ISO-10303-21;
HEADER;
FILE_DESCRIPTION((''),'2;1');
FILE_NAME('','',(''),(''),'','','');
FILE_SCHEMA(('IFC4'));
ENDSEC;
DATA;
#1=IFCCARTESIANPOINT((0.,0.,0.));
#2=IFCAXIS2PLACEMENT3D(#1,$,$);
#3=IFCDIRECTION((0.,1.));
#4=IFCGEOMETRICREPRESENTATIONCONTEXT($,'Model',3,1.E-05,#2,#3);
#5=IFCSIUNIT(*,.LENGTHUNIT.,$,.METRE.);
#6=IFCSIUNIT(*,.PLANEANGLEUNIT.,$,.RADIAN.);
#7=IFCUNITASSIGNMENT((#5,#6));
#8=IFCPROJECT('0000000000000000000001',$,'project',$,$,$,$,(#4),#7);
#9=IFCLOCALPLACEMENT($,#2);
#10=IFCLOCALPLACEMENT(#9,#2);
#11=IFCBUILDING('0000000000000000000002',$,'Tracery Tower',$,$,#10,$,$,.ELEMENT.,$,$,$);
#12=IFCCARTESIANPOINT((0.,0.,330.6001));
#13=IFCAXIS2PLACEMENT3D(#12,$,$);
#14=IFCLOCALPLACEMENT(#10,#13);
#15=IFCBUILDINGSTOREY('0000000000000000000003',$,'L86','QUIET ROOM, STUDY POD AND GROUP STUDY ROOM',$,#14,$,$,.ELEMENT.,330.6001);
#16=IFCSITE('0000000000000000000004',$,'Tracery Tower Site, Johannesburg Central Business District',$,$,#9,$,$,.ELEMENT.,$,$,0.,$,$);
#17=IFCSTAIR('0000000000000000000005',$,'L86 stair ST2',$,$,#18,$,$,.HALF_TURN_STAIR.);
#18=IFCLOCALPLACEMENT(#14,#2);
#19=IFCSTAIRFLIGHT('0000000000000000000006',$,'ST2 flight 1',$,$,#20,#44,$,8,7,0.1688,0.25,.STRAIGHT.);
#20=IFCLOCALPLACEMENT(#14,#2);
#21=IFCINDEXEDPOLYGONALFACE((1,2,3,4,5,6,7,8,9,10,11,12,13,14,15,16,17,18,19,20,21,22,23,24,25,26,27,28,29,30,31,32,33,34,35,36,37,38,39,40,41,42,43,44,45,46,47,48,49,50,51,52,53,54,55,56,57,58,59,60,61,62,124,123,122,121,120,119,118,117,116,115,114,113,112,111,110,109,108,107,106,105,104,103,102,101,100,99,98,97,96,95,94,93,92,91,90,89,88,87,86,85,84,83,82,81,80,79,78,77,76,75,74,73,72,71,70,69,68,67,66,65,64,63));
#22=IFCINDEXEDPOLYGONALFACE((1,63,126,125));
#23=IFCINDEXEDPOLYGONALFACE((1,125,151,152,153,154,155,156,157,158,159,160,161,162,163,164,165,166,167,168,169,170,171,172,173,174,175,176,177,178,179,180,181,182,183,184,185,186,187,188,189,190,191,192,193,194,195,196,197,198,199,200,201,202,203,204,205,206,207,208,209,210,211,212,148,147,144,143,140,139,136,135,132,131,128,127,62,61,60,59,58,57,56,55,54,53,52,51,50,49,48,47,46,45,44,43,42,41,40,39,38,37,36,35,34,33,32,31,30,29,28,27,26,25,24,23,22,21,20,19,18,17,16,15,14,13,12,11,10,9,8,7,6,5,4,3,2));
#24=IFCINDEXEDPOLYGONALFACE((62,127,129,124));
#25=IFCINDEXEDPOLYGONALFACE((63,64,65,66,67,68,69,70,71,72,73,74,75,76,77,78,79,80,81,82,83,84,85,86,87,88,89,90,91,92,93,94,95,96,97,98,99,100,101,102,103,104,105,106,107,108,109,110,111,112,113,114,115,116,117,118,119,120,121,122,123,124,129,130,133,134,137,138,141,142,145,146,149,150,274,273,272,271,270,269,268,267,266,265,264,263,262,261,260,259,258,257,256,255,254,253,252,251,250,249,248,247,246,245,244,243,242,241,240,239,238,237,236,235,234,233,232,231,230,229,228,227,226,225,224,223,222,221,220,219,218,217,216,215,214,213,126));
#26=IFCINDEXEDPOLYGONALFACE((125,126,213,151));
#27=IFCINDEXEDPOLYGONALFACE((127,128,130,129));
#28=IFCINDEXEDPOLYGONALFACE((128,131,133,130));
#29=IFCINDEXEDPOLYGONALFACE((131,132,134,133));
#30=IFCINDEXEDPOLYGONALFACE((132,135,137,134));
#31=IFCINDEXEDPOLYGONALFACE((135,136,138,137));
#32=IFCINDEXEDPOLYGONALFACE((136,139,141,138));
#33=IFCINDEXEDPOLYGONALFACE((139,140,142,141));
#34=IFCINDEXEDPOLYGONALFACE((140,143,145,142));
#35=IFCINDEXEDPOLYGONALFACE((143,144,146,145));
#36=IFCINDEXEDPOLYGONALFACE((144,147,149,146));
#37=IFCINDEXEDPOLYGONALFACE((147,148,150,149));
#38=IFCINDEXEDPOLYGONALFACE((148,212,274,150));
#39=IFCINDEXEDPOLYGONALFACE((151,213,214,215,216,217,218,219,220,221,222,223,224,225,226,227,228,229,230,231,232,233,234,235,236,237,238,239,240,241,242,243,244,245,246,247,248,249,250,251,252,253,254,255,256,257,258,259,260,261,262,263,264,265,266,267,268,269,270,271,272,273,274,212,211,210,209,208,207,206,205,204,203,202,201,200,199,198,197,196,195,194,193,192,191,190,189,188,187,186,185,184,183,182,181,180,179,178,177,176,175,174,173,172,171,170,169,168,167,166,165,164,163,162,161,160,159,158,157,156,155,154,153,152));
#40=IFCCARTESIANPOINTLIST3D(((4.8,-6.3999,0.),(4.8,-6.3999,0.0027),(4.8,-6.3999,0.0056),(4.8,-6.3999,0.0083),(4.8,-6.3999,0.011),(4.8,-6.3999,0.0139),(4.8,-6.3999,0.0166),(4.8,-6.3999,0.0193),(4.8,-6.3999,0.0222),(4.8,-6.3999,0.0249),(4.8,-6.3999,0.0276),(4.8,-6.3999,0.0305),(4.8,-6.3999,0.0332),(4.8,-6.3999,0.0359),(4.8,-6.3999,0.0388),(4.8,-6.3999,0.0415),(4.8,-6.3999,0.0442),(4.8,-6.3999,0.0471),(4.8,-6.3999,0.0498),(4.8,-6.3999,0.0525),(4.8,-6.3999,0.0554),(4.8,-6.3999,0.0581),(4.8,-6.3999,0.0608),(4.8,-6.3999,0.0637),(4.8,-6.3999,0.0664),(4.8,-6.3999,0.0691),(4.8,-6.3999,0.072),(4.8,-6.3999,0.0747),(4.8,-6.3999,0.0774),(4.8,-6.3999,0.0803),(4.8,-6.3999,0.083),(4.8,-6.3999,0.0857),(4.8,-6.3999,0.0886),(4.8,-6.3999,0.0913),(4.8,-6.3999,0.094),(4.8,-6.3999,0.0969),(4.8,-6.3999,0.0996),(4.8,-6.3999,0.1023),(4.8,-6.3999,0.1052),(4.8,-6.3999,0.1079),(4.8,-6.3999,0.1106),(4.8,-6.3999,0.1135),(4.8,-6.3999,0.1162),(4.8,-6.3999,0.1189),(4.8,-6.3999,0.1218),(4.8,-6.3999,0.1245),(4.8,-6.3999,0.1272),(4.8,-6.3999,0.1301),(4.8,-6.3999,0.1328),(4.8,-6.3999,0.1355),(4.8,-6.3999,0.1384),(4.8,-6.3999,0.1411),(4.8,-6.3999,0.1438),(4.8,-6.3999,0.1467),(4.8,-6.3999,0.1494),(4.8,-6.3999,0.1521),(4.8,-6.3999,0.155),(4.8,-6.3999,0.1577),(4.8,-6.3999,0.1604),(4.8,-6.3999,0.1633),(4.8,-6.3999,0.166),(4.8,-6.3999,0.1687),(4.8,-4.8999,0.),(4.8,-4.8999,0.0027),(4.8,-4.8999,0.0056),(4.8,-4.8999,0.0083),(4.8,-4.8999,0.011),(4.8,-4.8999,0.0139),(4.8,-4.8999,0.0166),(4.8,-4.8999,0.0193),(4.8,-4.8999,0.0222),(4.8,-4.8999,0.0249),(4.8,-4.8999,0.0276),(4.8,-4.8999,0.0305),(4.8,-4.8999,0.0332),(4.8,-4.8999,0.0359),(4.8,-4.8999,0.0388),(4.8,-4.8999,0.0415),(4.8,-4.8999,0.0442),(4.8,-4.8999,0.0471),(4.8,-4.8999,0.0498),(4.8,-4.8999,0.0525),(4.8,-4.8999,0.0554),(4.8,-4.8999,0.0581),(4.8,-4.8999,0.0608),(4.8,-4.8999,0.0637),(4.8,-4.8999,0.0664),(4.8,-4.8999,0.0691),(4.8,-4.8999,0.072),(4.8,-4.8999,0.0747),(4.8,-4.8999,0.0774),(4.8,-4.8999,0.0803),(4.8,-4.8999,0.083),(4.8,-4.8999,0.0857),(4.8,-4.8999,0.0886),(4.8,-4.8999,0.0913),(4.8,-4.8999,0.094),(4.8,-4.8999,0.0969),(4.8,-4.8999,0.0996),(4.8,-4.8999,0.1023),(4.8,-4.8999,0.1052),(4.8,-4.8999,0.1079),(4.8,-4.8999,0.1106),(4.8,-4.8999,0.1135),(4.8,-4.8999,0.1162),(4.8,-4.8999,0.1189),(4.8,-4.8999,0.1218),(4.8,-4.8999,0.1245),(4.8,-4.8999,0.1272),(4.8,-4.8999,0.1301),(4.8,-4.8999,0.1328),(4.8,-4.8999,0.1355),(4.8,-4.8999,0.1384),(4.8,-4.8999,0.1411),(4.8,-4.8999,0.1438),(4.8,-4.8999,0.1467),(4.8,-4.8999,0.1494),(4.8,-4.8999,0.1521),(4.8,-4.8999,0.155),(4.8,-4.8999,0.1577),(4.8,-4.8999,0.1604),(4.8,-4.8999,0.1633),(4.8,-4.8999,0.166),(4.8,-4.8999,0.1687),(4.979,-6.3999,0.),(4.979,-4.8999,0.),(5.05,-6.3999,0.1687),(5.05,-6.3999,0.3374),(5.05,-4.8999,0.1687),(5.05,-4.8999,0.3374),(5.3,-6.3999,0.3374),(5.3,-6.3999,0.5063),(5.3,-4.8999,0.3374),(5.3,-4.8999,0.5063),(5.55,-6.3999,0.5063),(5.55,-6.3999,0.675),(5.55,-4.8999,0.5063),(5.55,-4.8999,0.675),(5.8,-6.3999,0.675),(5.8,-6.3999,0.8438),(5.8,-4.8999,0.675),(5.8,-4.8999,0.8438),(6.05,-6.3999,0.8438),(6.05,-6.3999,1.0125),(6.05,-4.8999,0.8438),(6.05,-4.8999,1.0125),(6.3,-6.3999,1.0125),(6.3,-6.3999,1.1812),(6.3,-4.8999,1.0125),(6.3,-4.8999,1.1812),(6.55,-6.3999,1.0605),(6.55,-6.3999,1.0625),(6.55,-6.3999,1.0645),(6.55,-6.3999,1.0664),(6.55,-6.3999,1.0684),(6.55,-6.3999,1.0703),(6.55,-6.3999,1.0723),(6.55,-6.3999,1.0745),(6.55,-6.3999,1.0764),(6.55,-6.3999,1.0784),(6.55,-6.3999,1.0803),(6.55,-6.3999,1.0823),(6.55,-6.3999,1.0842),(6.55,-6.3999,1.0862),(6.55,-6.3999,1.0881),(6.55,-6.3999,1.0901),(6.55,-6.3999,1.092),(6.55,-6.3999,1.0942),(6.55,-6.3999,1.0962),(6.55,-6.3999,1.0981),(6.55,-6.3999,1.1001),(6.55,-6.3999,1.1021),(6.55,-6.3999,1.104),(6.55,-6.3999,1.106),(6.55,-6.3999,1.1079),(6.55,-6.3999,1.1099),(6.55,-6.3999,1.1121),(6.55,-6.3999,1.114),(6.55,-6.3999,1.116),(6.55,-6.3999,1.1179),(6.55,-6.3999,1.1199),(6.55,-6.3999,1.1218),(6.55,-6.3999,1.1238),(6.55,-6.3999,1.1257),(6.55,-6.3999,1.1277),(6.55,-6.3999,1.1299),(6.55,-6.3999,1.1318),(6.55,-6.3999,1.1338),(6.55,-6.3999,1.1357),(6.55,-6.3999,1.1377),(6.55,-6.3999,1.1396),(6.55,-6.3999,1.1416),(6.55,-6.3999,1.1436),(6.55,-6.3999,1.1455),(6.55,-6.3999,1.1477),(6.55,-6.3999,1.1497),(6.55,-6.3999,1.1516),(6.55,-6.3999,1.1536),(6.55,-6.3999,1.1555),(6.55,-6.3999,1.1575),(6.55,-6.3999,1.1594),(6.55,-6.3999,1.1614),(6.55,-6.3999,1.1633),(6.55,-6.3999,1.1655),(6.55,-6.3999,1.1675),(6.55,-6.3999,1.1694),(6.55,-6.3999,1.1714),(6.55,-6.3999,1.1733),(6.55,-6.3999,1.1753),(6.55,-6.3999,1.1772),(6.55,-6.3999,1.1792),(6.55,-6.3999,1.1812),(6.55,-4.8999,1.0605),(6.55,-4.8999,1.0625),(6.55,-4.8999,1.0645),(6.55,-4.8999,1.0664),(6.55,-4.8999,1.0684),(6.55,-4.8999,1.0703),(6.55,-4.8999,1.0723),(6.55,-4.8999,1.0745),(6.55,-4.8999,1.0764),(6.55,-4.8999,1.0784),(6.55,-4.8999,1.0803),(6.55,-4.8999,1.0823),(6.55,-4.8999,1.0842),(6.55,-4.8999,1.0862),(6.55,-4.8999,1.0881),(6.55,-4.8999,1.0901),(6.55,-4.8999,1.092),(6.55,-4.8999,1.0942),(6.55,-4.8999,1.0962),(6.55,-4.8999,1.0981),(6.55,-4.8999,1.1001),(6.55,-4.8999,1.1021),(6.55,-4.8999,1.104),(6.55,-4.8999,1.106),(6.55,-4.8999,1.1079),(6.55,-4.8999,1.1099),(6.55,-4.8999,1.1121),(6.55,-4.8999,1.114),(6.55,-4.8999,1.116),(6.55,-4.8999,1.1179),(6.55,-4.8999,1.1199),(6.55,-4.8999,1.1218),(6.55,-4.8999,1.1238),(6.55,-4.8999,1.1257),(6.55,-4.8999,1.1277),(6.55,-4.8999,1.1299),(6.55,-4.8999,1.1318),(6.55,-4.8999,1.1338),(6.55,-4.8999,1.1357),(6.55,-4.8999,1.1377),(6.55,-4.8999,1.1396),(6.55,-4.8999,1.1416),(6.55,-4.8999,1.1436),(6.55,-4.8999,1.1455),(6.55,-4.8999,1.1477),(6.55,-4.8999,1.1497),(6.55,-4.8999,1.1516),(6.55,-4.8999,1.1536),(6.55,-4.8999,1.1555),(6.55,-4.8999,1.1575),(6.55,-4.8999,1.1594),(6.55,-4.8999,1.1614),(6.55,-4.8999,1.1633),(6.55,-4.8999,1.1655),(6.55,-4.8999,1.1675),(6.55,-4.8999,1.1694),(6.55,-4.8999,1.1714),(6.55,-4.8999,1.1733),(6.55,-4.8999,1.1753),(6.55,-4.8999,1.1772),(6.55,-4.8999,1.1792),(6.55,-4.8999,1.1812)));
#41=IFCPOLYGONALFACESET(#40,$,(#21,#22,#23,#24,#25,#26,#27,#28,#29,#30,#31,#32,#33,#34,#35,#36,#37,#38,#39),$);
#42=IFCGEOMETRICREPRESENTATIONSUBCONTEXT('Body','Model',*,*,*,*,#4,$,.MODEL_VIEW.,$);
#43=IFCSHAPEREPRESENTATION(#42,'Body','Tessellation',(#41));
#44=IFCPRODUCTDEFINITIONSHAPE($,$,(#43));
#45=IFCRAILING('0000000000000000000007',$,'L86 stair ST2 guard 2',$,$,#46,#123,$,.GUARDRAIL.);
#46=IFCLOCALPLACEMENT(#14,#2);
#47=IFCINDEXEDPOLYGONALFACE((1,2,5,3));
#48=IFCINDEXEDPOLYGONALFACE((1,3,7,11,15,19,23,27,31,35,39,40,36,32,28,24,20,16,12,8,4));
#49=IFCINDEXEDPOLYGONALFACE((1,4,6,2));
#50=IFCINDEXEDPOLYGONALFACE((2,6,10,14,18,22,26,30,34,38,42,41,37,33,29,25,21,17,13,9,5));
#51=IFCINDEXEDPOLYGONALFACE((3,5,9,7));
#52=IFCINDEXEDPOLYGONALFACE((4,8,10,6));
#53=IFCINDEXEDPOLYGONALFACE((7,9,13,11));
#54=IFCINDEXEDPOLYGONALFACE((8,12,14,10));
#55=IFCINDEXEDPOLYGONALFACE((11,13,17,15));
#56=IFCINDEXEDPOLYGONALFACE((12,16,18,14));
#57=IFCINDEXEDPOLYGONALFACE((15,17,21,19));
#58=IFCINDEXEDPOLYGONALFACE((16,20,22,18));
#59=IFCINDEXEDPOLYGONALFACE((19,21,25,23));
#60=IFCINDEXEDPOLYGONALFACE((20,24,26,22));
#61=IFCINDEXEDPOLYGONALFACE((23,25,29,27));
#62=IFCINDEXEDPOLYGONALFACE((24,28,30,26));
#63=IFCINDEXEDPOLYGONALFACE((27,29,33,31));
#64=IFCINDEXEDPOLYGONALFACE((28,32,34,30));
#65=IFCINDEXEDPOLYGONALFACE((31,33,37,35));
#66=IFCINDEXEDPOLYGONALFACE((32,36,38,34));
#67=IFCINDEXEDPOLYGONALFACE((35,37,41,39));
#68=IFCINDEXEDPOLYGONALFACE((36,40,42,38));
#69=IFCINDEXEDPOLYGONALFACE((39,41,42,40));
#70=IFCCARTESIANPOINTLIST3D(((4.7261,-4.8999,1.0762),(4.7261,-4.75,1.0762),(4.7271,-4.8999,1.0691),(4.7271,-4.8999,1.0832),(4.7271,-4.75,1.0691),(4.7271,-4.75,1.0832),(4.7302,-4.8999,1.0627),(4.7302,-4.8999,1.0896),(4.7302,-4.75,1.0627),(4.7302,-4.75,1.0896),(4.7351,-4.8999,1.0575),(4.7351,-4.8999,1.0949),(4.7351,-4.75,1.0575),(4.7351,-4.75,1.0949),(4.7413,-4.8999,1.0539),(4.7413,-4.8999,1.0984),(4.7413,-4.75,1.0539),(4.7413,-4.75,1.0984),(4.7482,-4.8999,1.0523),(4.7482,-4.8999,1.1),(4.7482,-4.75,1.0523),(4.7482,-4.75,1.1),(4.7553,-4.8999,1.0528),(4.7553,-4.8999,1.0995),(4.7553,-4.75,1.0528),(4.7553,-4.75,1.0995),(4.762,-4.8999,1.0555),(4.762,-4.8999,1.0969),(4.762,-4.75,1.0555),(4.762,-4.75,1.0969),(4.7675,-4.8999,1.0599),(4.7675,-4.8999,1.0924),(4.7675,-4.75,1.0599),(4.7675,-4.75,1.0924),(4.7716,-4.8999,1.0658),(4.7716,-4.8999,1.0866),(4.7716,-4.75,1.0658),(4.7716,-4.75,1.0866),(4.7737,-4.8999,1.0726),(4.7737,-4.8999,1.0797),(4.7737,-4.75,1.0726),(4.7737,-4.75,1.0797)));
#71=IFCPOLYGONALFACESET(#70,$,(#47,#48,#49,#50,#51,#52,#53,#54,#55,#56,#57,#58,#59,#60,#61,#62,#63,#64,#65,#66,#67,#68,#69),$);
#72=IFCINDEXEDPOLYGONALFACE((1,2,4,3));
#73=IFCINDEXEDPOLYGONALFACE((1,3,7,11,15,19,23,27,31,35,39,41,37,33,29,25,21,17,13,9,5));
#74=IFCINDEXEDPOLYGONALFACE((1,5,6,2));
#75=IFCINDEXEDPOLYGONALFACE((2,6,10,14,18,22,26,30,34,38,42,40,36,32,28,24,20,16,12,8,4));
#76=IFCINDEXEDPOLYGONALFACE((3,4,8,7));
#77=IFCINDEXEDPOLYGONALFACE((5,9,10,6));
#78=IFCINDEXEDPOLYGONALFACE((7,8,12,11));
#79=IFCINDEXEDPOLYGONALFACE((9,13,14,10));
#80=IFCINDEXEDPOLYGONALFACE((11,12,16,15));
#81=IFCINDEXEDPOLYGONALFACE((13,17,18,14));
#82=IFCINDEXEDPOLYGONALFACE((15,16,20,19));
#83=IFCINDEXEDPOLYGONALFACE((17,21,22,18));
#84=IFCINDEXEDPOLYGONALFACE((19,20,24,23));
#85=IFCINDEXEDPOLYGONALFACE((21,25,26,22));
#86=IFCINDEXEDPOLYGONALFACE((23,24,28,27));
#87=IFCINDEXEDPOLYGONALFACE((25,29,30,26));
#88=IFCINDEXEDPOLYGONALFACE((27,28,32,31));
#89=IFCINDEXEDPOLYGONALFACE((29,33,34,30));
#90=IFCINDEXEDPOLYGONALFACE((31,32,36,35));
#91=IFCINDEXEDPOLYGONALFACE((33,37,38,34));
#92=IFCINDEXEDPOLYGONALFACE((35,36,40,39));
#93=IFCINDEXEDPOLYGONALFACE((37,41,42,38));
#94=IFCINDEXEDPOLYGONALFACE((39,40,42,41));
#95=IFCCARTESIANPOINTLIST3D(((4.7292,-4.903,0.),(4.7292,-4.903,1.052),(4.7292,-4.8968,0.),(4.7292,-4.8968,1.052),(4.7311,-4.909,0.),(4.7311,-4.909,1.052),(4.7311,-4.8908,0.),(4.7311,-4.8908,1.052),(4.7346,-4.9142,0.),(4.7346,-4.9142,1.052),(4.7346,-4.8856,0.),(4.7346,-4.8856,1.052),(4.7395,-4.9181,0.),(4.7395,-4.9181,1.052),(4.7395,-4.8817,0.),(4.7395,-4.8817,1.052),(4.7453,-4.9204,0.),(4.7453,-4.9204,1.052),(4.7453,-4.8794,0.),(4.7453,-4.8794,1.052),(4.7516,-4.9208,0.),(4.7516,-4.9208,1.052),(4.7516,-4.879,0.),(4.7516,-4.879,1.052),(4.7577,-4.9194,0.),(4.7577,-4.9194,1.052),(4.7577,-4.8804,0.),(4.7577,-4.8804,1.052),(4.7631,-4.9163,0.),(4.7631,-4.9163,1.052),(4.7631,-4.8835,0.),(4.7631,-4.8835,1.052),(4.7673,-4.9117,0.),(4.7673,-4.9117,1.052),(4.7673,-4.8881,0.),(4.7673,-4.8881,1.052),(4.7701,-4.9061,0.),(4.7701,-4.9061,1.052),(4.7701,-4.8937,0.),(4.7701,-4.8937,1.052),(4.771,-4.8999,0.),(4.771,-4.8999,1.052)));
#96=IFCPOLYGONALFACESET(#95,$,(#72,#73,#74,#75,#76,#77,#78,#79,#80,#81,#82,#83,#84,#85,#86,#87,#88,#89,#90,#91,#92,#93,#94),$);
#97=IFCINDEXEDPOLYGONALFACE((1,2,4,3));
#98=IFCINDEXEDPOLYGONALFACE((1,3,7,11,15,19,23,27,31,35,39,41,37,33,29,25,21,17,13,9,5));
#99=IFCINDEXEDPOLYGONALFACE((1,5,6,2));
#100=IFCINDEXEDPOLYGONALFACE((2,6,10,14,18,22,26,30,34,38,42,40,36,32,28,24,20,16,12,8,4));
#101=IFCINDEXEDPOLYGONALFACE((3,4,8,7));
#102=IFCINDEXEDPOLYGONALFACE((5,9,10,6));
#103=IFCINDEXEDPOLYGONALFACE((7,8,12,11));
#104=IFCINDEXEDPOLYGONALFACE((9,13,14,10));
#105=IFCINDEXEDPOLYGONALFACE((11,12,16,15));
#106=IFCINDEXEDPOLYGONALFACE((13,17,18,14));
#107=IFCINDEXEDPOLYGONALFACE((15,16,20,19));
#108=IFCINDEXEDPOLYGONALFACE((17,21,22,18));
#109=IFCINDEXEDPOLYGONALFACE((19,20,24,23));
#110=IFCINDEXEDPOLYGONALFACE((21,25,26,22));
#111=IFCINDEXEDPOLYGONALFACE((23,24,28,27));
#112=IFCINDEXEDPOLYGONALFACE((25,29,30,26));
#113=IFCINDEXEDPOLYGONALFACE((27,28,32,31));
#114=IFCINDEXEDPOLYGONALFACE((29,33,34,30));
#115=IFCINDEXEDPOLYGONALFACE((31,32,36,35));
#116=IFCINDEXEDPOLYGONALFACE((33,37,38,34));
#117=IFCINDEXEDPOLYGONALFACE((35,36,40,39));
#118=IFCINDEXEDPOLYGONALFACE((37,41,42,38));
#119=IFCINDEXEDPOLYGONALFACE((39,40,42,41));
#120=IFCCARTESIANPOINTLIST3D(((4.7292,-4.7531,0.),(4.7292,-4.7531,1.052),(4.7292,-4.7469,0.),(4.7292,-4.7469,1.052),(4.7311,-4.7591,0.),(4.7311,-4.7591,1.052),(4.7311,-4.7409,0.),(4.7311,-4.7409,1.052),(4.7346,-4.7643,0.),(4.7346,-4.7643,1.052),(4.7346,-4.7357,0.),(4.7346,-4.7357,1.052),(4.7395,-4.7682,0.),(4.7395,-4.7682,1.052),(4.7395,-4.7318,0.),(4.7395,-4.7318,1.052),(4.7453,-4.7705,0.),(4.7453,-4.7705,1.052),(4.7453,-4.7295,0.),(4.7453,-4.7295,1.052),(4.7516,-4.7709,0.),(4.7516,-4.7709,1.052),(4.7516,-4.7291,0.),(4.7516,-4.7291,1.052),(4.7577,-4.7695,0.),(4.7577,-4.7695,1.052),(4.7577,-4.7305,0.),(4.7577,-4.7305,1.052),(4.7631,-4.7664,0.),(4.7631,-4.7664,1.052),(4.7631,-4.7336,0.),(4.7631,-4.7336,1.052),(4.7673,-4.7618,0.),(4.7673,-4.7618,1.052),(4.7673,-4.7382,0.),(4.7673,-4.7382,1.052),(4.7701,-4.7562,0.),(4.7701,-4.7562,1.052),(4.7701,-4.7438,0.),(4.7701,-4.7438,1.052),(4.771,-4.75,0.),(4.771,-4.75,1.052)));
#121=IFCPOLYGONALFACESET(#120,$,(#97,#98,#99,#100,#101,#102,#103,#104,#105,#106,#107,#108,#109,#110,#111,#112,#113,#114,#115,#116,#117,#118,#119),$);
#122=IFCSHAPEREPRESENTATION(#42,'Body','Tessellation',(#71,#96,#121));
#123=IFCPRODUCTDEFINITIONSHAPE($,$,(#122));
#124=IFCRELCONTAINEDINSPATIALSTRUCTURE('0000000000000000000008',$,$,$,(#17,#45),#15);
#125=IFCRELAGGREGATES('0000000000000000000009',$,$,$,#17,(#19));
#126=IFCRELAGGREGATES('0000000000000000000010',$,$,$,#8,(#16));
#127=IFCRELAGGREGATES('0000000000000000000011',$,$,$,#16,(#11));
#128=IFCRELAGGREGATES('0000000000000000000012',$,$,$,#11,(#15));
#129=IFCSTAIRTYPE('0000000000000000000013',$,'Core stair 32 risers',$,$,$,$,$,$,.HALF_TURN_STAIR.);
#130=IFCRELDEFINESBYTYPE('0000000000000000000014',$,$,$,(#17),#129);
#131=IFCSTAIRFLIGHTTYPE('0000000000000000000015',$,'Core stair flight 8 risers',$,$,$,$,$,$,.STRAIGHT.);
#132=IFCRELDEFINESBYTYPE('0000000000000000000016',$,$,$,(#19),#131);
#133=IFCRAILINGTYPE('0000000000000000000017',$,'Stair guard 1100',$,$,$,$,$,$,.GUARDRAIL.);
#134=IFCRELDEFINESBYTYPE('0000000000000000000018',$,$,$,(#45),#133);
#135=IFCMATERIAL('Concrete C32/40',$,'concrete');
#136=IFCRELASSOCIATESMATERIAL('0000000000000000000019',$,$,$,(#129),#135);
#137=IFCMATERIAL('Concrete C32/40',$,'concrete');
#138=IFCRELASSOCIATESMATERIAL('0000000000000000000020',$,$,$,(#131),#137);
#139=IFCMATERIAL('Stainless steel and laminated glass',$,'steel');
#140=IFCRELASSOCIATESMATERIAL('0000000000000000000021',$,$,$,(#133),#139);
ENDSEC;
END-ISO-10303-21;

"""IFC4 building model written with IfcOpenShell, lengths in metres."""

from ifc_helpers import new_model, si_unit, direction, frame, origin, origin_2d, place, context, subcontext, project, spatial, polyline, circle, outline, extrude, material, type_object, element, aggregate, save


model = new_model("IFC4")

# Units and contexts
model_context = context("Model", 3, precision=1e-05, world=origin(), true_north=direction((0.0, 1.0)))
body_context = subcontext(model_context, "Body", "Model", "MODEL_VIEW")
ifc_project = project(units=[si_unit("LENGTHUNIT", "METRE"), si_unit("PLANEANGLEUNIT", "RADIAN")], contexts=[model_context])

# Site, building, storey
site_placement = place(None, origin())
site = spatial("IfcSite", under=ifc_project, at=site_placement, Name="Tracery Tower Site, Johannesburg Central Business District", CompositionType="ELEMENT", RefElevation=0.0)
building_placement = place(site_placement, origin())
building = spatial("IfcBuilding", under=site, at=building_placement, Name="Tracery Tower", CompositionType="ELEMENT")
storey_placement = place(building_placement, frame((0.0, 0.0, 330.6001)))
storey = spatial("IfcBuildingStorey", under=building, at=storey_placement, Name="L86", Description="QUIET ROOM, STUDY POD AND GROUP STUDY ROOM", CompositionType="ELEMENT", Elevation=330.6001)

# Stair, stair flight
ifc_material_1 = material(Name="Concrete C32/40", Category="concrete")
stair_type = type_object("IfcStairType", Name="Core stair 32 risers", PredefinedType="HALF_TURN_STAIR", material=ifc_material_1)
stair_placement = place(storey_placement, origin())
stair = element("IfcStair", 1, at=stair_placement, inside=storey, type_object=stair_type, Name="L86 stair ST2", PredefinedType="HALF_TURN_STAIR")
ifc_material_2 = material(Name="Concrete C32/40", Category="concrete")
stair_flight_type = type_object("IfcStairFlightType", Name="Core stair flight 8 risers", PredefinedType="STRAIGHT", material=ifc_material_2)
stair_flight_1_placement = place(storey_placement, frame((4.8, -5.6499, 0.0), z_axis=(0.0, 0.0, 1.0), x_axis=(1.0, 0.0, 0.0)))
stair_flight_1 = element("IfcStairFlight", 2, at=stair_flight_1_placement, type_object=stair_flight_type, Name="ST2 flight 1", NumberOfRisers=8, NumberOfTreads=7, PredefinedType="STRAIGHT", RiserHeight=0.1688, TreadLength=0.25, context=body_context, shape_type="SweptSolid", body=[
    extrude(outline(polyline([(0.0, 0.0), (0.0, 0.0027), (0.0, 0.0056), (0.0, 0.0083), (0.0, 0.011), (0.0, 0.0139), (0.0, 0.0166), (0.0, 0.0193), (0.0, 0.0222), (0.0, 0.0249), (0.0, 0.0276), (0.0, 0.0305), (0.0, 0.0332), (0.0, 0.0359), (0.0, 0.0388), (0.0, 0.0415), (0.0, 0.0442), (0.0, 0.0471), (0.0, 0.0498), (0.0, 0.0525), (0.0, 0.0554), (0.0, 0.0581), (0.0, 0.0608), (0.0, 0.0637), (0.0, 0.0664), (0.0, 0.0691), (0.0, 0.072), (0.0, 0.0747), (0.0, 0.0774), (0.0, 0.0803), (0.0, 0.083), (0.0, 0.0857), (0.0, 0.0886), (0.0, 0.0913), (0.0, 0.094), (0.0, 0.0969), (0.0, 0.0996), (0.0, 0.1023), (0.0, 0.1052), (0.0, 0.1079), (0.0, 0.1106), (0.0, 0.1135), (0.0, 0.1162), (0.0, 0.1189), (0.0, 0.1218), (0.0, 0.1245), (0.0, 0.1272), (0.0, 0.1301), (0.0, 0.1328), (0.0, 0.1355), (0.0, 0.1384), (0.0, 0.1411), (0.0, 0.1438), (0.0, 0.1467), (0.0, 0.1494), (0.0, 0.1521), (0.0, 0.155), (0.0, 0.1577), (0.0, 0.1604), (0.0, 0.1633), (0.0, 0.166), (0.0, 0.1687), (0.25, 0.1687), (0.25, 0.3374), (0.5, 0.3374), (0.5, 0.5063), (0.75, 0.5063), (0.75, 0.675), (1.0, 0.675), (1.0, 0.8438), (1.25, 0.8438), (1.25, 1.0125), (1.5, 1.0125), (1.5, 1.1812), (1.75, 1.1812), (1.75, 1.1792), (1.75, 1.1772), (1.75, 1.1753), (1.75, 1.1733), (1.75, 1.1714), (1.75, 1.1694), (1.75, 1.1675), (1.75, 1.1655), (1.75, 1.1633), (1.75, 1.1614), (1.75, 1.1594), (1.75, 1.1575), (1.75, 1.1555), (1.75, 1.1536), (1.75, 1.1516), (1.75, 1.1497), (1.75, 1.1477), (1.75, 1.1455), (1.75, 1.1436), (1.75, 1.1416), (1.75, 1.1396), (1.75, 1.1377), (1.75, 1.1357), (1.75, 1.1338), (1.75, 1.1318), (1.75, 1.1299), (1.75, 1.1277), (1.75, 1.1257), (1.75, 1.1238), (1.75, 1.1218), (1.75, 1.1199), (1.75, 1.1179), (1.75, 1.116), (1.75, 1.114), (1.75, 1.1121), (1.75, 1.1099), (1.75, 1.1079), (1.75, 1.106), (1.75, 1.104), (1.75, 1.1021), (1.75, 1.1001), (1.75, 1.0981), (1.75, 1.0962), (1.75, 1.0942), (1.75, 1.092), (1.75, 1.0901), (1.75, 1.0881), (1.75, 1.0862), (1.75, 1.0842), (1.75, 1.0823), (1.75, 1.0803), (1.75, 1.0784), (1.75, 1.0764), (1.75, 1.0745), (1.75, 1.0723), (1.75, 1.0703), (1.75, 1.0684), (1.75, 1.0664), (1.75, 1.0645), (1.75, 1.0625), (1.75, 1.0605), (0.179, 0.0), (0.0, 0.0)])), frame((0.0, 0.75, 0.0), z_axis=(0.0, -1.0, 0.0), x_axis=(1.0, 0.0, 0.0)), (0.0, 0.0, 1.0), 1.5),
])
aggregate(stair, [stair_flight_1])

# Railing
ifc_material_3 = material(Name="Stainless steel and laminated glass", Category="steel")
railing_type_1 = type_object("IfcRailingType", Name="Stair guard 1100", PredefinedType="GUARDRAIL", material=ifc_material_3)
railing_1_placement = place(storey_placement, frame((4.75, -4.8999, 0.0)))
element("IfcRailing", 3, at=railing_1_placement, inside=storey, type_object=railing_type_1, Name="L86 stair ST2 guard 2", PredefinedType="GUARDRAIL", context=body_context, shape_type="SweptSolid", body=[
    extrude(circle(Radius=0.0239, at=origin_2d()), frame((0.0, 0.0, 1.0762), z_axis=(0.0, 1.0, 0.0), x_axis=(-1.0, 0.0, 0.0)), (0.0, 0.0, 1.0), 0.1499),
    extrude(circle(Radius=0.021, at=origin_2d()), origin(), (0.0, 0.0, 1.0), 1.052),
    extrude(circle(Radius=0.021, at=origin_2d()), frame((0.0, 0.1499, 0.0)), (0.0, 0.0, 1.0), 1.052),
])

save(model, "model.ifc")
